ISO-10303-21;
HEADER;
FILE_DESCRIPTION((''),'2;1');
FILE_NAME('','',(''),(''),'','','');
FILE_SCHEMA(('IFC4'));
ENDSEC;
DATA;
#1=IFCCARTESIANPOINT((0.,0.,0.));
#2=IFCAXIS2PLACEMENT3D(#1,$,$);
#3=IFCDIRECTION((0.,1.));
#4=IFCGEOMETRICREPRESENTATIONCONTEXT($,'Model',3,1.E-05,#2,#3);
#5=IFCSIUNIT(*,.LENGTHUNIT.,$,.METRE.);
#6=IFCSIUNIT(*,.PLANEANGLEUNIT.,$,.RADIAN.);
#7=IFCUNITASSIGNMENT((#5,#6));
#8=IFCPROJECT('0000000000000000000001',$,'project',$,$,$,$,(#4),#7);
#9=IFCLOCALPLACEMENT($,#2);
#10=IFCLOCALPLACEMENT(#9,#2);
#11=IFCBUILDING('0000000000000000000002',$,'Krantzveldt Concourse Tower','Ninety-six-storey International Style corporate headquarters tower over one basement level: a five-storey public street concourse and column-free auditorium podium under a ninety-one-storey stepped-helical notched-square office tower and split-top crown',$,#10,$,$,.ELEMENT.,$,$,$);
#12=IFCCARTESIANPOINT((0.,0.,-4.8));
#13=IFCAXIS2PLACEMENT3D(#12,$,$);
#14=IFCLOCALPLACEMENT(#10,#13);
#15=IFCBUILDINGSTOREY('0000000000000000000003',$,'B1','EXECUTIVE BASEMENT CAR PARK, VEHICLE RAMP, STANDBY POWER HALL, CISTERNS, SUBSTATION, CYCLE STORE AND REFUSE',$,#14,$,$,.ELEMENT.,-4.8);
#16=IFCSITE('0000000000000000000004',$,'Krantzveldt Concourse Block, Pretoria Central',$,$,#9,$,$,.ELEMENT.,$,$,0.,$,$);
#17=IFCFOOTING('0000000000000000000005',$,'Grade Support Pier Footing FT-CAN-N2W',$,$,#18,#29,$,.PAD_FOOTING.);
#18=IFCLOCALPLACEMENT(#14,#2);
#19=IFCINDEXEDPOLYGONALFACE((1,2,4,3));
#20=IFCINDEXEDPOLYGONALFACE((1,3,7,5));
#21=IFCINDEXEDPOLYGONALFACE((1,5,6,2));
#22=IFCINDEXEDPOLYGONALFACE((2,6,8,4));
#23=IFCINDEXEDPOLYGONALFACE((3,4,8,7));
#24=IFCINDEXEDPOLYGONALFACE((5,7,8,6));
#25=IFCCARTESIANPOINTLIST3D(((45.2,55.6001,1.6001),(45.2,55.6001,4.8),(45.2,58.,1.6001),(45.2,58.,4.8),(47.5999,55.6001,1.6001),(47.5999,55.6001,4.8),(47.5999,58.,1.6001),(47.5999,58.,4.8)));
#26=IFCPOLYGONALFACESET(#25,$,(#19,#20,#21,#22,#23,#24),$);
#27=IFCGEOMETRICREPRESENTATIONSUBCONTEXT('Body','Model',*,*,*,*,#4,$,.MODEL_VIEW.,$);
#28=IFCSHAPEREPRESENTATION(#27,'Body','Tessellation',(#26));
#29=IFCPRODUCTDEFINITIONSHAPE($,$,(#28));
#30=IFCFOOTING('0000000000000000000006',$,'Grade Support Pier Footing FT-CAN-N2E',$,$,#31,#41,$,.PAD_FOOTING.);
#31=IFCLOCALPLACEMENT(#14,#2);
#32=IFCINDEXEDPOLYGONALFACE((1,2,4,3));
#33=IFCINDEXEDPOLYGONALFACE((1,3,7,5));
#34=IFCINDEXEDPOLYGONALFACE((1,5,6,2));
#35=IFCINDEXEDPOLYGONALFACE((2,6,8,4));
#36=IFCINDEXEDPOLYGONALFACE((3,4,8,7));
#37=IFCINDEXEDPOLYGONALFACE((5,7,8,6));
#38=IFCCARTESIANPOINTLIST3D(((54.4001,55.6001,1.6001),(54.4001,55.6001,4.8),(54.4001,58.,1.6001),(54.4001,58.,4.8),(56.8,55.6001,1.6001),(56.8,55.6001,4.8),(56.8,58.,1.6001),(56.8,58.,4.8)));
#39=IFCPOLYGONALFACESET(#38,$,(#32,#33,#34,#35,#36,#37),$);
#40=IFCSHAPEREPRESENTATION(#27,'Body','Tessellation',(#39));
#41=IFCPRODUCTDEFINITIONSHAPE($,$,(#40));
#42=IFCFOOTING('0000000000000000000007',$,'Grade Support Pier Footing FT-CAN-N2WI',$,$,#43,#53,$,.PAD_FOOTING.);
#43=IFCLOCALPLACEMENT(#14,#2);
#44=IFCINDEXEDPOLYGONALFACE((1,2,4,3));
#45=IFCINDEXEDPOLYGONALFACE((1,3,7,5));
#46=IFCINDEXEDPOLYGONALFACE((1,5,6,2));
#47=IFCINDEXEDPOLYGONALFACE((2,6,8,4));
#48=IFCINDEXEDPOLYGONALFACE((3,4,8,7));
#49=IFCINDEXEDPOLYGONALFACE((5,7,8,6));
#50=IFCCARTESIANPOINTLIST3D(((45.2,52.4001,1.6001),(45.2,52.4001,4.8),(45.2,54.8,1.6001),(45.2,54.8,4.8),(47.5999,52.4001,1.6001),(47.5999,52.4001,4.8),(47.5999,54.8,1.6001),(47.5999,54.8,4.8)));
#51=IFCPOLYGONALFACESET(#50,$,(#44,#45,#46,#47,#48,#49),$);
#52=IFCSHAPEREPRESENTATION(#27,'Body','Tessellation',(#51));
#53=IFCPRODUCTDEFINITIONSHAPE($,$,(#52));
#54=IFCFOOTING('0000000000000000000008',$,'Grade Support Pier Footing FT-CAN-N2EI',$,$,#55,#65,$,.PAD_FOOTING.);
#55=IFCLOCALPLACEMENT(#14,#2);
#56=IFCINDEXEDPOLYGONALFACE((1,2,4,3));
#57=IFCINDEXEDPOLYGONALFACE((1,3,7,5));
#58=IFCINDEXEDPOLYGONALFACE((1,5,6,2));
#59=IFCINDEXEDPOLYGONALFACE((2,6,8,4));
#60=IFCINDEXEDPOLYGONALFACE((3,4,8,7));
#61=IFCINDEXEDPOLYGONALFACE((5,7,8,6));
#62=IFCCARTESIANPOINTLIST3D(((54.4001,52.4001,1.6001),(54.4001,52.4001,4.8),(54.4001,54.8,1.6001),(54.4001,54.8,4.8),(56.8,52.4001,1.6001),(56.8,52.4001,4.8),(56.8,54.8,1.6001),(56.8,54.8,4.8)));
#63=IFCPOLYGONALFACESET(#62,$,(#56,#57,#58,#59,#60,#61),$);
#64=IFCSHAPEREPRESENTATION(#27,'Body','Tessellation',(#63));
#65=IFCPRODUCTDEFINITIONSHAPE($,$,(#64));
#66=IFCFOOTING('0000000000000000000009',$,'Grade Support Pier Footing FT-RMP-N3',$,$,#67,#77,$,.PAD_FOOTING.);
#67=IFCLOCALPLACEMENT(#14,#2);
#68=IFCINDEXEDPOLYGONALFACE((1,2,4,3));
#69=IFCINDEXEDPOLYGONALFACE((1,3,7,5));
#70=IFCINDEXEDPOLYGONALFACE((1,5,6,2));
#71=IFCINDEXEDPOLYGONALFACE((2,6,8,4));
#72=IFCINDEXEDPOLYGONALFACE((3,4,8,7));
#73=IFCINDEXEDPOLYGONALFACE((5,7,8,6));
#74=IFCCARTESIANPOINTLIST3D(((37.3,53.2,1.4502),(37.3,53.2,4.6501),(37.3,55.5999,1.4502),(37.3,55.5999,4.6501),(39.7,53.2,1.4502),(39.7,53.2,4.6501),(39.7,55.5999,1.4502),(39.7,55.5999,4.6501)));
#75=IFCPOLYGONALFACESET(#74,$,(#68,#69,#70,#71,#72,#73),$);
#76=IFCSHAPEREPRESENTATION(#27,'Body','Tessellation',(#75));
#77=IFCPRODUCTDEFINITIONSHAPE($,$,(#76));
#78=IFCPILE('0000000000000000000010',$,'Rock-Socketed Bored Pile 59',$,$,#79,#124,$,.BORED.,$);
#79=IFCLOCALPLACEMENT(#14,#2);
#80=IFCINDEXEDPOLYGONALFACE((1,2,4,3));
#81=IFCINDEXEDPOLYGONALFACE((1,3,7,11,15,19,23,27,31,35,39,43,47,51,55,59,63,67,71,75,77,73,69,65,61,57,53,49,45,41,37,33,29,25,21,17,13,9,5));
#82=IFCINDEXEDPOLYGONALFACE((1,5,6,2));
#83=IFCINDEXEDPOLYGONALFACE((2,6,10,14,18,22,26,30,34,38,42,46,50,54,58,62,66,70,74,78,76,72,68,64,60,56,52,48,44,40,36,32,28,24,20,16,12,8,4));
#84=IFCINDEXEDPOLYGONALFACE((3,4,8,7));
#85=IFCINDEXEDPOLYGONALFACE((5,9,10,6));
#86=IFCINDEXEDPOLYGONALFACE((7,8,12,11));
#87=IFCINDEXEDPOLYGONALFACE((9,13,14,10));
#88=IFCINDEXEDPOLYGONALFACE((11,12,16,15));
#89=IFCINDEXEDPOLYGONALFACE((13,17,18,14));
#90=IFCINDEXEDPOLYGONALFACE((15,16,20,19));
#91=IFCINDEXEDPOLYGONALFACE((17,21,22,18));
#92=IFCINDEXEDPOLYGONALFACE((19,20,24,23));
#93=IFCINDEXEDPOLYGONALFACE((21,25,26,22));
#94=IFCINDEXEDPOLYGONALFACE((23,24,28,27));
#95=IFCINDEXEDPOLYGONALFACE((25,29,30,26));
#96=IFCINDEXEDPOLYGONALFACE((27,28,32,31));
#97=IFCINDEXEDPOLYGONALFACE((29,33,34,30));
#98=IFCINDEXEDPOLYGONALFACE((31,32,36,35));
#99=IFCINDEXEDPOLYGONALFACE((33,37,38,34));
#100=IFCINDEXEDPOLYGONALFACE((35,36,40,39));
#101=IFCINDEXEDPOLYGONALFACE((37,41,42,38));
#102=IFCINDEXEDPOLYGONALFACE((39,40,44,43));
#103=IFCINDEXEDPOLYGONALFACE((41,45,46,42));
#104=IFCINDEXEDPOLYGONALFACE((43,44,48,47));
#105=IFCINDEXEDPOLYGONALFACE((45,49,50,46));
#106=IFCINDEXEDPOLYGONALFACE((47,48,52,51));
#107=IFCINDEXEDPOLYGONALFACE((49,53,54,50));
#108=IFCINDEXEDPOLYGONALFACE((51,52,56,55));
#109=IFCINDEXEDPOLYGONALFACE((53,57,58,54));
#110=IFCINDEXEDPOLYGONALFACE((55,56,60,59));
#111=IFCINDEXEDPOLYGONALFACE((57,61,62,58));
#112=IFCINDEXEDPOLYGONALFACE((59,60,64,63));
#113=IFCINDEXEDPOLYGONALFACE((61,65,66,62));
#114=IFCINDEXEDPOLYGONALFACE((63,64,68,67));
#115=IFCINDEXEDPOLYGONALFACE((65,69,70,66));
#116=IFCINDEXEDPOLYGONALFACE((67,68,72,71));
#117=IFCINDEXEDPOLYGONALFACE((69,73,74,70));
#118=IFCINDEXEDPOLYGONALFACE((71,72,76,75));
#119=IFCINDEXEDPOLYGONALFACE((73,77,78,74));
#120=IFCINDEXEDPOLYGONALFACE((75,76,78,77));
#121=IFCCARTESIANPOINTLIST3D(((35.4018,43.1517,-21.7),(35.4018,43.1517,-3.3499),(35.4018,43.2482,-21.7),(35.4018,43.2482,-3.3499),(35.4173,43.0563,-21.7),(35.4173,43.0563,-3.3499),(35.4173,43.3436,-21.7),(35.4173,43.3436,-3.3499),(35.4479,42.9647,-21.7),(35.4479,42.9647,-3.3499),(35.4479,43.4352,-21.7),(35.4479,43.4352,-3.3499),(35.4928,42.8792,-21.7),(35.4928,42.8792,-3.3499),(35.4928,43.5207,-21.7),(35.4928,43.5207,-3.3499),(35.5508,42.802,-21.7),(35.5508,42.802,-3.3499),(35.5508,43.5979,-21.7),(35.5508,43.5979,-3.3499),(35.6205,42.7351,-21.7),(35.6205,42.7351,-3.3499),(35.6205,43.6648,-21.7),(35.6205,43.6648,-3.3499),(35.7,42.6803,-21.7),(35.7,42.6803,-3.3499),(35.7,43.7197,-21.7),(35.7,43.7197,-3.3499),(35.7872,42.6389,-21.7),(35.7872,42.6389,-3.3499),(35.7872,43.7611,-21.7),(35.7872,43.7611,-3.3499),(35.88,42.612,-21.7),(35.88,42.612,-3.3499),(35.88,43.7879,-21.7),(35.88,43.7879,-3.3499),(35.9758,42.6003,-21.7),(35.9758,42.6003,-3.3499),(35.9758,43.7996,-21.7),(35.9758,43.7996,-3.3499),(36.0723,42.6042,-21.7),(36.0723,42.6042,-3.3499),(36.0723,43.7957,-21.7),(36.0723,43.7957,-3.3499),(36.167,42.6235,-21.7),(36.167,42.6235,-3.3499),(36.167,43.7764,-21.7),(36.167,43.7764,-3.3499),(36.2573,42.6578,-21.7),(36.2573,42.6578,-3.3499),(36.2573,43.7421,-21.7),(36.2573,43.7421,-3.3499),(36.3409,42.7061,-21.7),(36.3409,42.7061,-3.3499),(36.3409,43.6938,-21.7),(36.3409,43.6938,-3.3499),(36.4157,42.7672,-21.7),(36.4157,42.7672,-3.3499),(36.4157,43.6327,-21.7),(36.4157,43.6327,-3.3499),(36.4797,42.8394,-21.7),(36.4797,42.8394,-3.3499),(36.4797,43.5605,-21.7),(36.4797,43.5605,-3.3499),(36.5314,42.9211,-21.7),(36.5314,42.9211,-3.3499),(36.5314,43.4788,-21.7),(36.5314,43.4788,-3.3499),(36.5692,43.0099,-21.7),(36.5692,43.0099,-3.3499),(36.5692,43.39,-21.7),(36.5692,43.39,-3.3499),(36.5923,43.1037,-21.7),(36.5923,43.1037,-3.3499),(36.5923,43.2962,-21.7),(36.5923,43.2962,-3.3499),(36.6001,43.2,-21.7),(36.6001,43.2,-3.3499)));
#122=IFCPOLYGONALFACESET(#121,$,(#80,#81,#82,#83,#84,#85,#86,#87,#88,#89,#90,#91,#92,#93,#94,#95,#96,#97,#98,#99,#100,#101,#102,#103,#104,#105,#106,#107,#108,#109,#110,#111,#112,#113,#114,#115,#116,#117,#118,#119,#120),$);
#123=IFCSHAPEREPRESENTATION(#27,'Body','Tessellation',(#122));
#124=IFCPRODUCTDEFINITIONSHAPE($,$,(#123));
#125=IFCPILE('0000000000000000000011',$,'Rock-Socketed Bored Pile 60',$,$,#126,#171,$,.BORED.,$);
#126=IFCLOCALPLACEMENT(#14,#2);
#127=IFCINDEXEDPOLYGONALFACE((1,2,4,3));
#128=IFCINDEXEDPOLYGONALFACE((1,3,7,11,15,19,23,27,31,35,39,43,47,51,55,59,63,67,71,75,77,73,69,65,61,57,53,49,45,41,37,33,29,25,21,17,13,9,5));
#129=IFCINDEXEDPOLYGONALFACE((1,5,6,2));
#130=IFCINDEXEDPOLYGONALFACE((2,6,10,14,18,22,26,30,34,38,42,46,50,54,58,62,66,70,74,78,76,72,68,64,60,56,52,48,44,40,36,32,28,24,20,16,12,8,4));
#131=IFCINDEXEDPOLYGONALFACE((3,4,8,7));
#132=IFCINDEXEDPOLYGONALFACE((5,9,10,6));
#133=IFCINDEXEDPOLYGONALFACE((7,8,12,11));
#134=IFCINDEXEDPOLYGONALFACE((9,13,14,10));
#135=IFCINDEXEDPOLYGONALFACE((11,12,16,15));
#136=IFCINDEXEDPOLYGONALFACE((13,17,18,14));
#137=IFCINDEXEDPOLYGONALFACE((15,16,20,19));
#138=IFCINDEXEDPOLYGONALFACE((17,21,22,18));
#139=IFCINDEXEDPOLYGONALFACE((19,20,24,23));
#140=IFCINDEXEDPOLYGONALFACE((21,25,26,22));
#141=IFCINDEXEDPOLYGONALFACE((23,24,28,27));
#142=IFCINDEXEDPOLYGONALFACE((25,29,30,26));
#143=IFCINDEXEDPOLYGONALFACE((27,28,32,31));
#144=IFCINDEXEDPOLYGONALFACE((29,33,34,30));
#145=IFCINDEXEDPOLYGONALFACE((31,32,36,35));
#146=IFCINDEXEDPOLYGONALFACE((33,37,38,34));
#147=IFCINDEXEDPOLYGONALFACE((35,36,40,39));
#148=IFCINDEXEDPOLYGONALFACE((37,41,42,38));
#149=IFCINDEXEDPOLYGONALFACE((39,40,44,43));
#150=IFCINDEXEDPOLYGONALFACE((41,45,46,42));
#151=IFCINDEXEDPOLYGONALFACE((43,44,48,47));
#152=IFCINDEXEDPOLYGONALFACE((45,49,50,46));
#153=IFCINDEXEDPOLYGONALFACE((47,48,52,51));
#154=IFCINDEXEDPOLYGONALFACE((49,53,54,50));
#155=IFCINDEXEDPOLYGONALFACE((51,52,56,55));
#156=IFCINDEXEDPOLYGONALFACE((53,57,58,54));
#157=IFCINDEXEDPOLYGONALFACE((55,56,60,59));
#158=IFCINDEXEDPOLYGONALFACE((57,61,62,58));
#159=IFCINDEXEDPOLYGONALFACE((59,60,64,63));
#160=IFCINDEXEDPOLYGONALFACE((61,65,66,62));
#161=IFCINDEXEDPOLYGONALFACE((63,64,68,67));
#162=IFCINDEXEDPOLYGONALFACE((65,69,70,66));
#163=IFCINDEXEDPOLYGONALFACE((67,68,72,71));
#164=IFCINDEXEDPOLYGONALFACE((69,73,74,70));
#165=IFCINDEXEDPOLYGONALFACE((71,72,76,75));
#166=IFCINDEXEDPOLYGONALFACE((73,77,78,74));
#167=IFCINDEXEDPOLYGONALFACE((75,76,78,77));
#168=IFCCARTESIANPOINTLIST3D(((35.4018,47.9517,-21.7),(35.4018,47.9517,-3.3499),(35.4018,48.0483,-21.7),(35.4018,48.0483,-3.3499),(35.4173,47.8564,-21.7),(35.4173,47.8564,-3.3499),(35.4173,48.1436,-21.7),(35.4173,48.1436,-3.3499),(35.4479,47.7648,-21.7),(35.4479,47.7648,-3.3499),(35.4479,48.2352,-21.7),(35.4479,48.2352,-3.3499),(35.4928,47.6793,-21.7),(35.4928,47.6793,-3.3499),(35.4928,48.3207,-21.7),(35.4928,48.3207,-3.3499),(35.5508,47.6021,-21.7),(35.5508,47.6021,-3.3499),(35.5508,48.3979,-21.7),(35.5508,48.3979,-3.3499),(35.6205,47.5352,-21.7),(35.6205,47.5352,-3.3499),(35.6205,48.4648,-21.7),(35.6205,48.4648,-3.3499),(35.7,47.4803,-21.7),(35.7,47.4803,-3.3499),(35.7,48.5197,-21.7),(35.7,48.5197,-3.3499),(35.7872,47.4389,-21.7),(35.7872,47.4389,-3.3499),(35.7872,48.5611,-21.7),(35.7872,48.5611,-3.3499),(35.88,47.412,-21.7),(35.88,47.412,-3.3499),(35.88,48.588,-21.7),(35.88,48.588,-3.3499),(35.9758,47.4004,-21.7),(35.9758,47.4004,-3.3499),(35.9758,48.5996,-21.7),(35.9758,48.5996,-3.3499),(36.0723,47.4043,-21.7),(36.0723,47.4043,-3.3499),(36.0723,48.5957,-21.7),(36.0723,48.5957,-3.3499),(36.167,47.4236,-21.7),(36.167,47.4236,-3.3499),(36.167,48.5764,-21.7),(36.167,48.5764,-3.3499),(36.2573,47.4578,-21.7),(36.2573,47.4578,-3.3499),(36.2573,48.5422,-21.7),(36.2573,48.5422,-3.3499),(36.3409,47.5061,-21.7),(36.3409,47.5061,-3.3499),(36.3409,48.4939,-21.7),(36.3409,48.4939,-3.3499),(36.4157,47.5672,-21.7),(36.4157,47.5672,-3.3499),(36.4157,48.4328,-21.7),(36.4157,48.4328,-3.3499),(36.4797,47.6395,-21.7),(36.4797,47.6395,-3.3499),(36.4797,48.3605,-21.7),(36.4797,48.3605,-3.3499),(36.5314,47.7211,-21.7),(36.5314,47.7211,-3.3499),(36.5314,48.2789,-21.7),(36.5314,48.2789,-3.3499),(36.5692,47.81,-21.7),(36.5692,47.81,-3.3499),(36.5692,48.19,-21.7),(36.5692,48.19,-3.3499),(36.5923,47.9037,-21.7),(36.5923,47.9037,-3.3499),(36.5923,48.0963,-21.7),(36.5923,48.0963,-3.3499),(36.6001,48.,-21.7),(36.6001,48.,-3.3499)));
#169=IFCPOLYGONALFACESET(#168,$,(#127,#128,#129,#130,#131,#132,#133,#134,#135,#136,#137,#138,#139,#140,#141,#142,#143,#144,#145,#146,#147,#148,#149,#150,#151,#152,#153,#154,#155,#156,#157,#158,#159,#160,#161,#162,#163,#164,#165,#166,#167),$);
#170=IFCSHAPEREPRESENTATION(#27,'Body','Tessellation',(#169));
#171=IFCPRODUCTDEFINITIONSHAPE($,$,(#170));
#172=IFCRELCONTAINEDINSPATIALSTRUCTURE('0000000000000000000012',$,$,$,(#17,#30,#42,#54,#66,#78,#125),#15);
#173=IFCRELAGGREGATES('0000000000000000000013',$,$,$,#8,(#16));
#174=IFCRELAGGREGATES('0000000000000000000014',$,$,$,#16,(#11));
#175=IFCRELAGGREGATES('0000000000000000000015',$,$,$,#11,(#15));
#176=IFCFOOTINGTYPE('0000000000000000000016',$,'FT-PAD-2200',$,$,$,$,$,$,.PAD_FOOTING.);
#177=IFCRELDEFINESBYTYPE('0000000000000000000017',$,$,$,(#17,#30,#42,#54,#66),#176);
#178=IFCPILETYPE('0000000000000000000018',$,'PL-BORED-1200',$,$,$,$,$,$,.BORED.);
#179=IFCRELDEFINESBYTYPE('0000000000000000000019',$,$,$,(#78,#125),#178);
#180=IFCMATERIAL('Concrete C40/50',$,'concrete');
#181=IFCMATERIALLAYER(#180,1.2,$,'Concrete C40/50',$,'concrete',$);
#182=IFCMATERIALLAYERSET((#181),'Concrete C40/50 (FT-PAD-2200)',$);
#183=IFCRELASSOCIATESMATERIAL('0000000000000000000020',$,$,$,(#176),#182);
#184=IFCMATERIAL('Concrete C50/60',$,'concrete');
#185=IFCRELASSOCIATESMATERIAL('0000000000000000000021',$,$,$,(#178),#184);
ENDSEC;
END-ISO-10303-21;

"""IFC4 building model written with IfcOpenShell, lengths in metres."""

from ifc_helpers import new_model, si_unit, direction, frame, origin, origin_2d, place, context, subcontext, project, spatial, rectangle, circle, extrude, source, transform, mapped, material, layer, layer_set, material_profile, profile_set, type_object, type_shapes, element, save


model = new_model("IFC4")

# Units and contexts
model_context = context("Model", 3, precision=1e-05, world=origin(), true_north=direction((0.0, 1.0)))
body_context = subcontext(model_context, "Body", "Model", "MODEL_VIEW")
ifc_project = project(units=[si_unit("LENGTHUNIT", "METRE"), si_unit("PLANEANGLEUNIT", "RADIAN")], contexts=[model_context])

# Site, building, storey
site_placement = place(None, origin())
site = spatial("IfcSite", under=ifc_project, at=site_placement, Name="Krantzveldt Concourse Block, Pretoria Central", CompositionType="ELEMENT", RefElevation=0.0)
building_placement = place(site_placement, origin())
building = spatial("IfcBuilding", under=site, at=building_placement, Name="Krantzveldt Concourse Tower", Description="Ninety-six-storey International Style corporate headquarters tower over one basement level: a five-storey public street concourse and column-free auditorium podium under a ninety-one-storey stepped-helical notched-square office tower and split-top crown", CompositionType="ELEMENT")
storey_placement = place(building_placement, frame((0.0, 0.0, -4.8)))
storey = spatial("IfcBuildingStorey", under=building, at=storey_placement, Name="B1", Description="EXECUTIVE BASEMENT CAR PARK, VEHICLE RAMP, STANDBY POWER HALL, CISTERNS, SUBSTATION, CYCLE STORE AND REFUSE", CompositionType="ELEMENT", Elevation=-4.8)

# Footings
ifc_material_1 = material(Name="Concrete C40/50", Category="concrete")
ifc_layer = layer(ifc_material_1, 1.2, Name="Concrete C40/50", Category="concrete")
ifc_layer_set = layer_set([ifc_layer], Name="Concrete C40/50 (FT-PAD-2200)")
footing_type = type_object("IfcFootingType", Name="FT-PAD-2200", PredefinedType="PAD_FOOTING", material=ifc_layer_set)
shared_shape_1 = source(origin(), body_context, "Body", "SweptSolid", [
    extrude(rectangle(XDim=2.3999, YDim=2.3999, at=origin_2d()), origin(), (0.0, 0.0, 1.0), 3.2),
])
type_shapes(footing_type, [shared_shape_1])
for number, where, z_axis, x_axis, name in (
    (1, (46.3999, 56.8, 1.6001), (0.0, 0.0, 1.0), (1.0, 0.0, 0.0), "Grade Support Pier Footing FT-CAN-N2W"),
    (2, (55.6001, 56.8, 1.6001), (0.0, 0.0, 1.0), (1.0, 0.0, 0.0), "Grade Support Pier Footing FT-CAN-N2E"),
    (3, (46.3999, 53.6001, 1.6001), (0.0, 0.0, 1.0), (1.0, 0.0, 0.0), "Grade Support Pier Footing FT-CAN-N2WI"),
    (4, (55.6001, 53.6001, 1.6001), (0.0, 0.0, 1.0), (1.0, 0.0, 0.0), "Grade Support Pier Footing FT-CAN-N2EI"),
    (5, (38.5, 54.3999, 1.4502), (0.0, 0.0, 1.0), (1.0, 0.0, 0.0), "Grade Support Pier Footing FT-RMP-N3"),
):
    element("IfcFooting", number, at=place(storey_placement, frame(where, z_axis=z_axis, x_axis=x_axis)), inside=storey, type_object=footing_type, Name=name, PredefinedType="PAD_FOOTING", context=body_context, shape_type="MappedRepresentation", body=[
        mapped(shared_shape_1, transform((0.0, 0.0, 0.0), x_axis=(1.0, 0.0, 0.0), y_axis=(0.0, 1.0, 0.0), z_axis=(0.0, 0.0, 1.0), scale=1.0)),
    ])

# Piles
ifc_material_2 = material(Name="Concrete C50/60", Category="concrete")
ifc_material_profile_1 = material_profile(ifc_material_2, circle(Radius=0.6001, at=origin_2d()), Name="Concrete C50/60", Category="concrete")
ifc_profile_set_1 = profile_set([ifc_material_profile_1], Name="Concrete C50/60 - PILE D1200")
pile_type_1 = type_object("IfcPileType", Name="PL-BORED-1200", PredefinedType="BORED", material=ifc_profile_set_1)
shared_shape_2 = source(origin(), body_context, "Body", "SweptSolid", [
    extrude(circle(Radius=0.6001, at=origin_2d()), origin(), (0.0, 0.0, 1.0), 18.3501),
])
type_shapes(pile_type_1, [shared_shape_2])
for number, where, z_axis, x_axis, name in (
    (6, (36.0, 43.2, -3.3499), (0.0, 0.0, -1.0), (1.0, 0.0, 0.0), "Rock-Socketed Bored Pile 59"),
    (7, (36.0, 48.0, -3.3499), (0.0, 0.0, -1.0), (1.0, 0.0, 0.0), "Rock-Socketed Bored Pile 60"),
):
    element("IfcPile", number, at=place(storey_placement, frame(where, z_axis=z_axis, x_axis=x_axis)), inside=storey, type_object=pile_type_1, Name=name, PredefinedType="BORED", context=body_context, shape_type="MappedRepresentation", body=[
        mapped(shared_shape_2, transform((0.0, 0.0, 0.0), x_axis=(1.0, 0.0, 0.0), y_axis=(0.0, 1.0, 0.0), z_axis=(0.0, 0.0, 1.0), scale=1.0)),
    ])

save(model, "model.ifc")
